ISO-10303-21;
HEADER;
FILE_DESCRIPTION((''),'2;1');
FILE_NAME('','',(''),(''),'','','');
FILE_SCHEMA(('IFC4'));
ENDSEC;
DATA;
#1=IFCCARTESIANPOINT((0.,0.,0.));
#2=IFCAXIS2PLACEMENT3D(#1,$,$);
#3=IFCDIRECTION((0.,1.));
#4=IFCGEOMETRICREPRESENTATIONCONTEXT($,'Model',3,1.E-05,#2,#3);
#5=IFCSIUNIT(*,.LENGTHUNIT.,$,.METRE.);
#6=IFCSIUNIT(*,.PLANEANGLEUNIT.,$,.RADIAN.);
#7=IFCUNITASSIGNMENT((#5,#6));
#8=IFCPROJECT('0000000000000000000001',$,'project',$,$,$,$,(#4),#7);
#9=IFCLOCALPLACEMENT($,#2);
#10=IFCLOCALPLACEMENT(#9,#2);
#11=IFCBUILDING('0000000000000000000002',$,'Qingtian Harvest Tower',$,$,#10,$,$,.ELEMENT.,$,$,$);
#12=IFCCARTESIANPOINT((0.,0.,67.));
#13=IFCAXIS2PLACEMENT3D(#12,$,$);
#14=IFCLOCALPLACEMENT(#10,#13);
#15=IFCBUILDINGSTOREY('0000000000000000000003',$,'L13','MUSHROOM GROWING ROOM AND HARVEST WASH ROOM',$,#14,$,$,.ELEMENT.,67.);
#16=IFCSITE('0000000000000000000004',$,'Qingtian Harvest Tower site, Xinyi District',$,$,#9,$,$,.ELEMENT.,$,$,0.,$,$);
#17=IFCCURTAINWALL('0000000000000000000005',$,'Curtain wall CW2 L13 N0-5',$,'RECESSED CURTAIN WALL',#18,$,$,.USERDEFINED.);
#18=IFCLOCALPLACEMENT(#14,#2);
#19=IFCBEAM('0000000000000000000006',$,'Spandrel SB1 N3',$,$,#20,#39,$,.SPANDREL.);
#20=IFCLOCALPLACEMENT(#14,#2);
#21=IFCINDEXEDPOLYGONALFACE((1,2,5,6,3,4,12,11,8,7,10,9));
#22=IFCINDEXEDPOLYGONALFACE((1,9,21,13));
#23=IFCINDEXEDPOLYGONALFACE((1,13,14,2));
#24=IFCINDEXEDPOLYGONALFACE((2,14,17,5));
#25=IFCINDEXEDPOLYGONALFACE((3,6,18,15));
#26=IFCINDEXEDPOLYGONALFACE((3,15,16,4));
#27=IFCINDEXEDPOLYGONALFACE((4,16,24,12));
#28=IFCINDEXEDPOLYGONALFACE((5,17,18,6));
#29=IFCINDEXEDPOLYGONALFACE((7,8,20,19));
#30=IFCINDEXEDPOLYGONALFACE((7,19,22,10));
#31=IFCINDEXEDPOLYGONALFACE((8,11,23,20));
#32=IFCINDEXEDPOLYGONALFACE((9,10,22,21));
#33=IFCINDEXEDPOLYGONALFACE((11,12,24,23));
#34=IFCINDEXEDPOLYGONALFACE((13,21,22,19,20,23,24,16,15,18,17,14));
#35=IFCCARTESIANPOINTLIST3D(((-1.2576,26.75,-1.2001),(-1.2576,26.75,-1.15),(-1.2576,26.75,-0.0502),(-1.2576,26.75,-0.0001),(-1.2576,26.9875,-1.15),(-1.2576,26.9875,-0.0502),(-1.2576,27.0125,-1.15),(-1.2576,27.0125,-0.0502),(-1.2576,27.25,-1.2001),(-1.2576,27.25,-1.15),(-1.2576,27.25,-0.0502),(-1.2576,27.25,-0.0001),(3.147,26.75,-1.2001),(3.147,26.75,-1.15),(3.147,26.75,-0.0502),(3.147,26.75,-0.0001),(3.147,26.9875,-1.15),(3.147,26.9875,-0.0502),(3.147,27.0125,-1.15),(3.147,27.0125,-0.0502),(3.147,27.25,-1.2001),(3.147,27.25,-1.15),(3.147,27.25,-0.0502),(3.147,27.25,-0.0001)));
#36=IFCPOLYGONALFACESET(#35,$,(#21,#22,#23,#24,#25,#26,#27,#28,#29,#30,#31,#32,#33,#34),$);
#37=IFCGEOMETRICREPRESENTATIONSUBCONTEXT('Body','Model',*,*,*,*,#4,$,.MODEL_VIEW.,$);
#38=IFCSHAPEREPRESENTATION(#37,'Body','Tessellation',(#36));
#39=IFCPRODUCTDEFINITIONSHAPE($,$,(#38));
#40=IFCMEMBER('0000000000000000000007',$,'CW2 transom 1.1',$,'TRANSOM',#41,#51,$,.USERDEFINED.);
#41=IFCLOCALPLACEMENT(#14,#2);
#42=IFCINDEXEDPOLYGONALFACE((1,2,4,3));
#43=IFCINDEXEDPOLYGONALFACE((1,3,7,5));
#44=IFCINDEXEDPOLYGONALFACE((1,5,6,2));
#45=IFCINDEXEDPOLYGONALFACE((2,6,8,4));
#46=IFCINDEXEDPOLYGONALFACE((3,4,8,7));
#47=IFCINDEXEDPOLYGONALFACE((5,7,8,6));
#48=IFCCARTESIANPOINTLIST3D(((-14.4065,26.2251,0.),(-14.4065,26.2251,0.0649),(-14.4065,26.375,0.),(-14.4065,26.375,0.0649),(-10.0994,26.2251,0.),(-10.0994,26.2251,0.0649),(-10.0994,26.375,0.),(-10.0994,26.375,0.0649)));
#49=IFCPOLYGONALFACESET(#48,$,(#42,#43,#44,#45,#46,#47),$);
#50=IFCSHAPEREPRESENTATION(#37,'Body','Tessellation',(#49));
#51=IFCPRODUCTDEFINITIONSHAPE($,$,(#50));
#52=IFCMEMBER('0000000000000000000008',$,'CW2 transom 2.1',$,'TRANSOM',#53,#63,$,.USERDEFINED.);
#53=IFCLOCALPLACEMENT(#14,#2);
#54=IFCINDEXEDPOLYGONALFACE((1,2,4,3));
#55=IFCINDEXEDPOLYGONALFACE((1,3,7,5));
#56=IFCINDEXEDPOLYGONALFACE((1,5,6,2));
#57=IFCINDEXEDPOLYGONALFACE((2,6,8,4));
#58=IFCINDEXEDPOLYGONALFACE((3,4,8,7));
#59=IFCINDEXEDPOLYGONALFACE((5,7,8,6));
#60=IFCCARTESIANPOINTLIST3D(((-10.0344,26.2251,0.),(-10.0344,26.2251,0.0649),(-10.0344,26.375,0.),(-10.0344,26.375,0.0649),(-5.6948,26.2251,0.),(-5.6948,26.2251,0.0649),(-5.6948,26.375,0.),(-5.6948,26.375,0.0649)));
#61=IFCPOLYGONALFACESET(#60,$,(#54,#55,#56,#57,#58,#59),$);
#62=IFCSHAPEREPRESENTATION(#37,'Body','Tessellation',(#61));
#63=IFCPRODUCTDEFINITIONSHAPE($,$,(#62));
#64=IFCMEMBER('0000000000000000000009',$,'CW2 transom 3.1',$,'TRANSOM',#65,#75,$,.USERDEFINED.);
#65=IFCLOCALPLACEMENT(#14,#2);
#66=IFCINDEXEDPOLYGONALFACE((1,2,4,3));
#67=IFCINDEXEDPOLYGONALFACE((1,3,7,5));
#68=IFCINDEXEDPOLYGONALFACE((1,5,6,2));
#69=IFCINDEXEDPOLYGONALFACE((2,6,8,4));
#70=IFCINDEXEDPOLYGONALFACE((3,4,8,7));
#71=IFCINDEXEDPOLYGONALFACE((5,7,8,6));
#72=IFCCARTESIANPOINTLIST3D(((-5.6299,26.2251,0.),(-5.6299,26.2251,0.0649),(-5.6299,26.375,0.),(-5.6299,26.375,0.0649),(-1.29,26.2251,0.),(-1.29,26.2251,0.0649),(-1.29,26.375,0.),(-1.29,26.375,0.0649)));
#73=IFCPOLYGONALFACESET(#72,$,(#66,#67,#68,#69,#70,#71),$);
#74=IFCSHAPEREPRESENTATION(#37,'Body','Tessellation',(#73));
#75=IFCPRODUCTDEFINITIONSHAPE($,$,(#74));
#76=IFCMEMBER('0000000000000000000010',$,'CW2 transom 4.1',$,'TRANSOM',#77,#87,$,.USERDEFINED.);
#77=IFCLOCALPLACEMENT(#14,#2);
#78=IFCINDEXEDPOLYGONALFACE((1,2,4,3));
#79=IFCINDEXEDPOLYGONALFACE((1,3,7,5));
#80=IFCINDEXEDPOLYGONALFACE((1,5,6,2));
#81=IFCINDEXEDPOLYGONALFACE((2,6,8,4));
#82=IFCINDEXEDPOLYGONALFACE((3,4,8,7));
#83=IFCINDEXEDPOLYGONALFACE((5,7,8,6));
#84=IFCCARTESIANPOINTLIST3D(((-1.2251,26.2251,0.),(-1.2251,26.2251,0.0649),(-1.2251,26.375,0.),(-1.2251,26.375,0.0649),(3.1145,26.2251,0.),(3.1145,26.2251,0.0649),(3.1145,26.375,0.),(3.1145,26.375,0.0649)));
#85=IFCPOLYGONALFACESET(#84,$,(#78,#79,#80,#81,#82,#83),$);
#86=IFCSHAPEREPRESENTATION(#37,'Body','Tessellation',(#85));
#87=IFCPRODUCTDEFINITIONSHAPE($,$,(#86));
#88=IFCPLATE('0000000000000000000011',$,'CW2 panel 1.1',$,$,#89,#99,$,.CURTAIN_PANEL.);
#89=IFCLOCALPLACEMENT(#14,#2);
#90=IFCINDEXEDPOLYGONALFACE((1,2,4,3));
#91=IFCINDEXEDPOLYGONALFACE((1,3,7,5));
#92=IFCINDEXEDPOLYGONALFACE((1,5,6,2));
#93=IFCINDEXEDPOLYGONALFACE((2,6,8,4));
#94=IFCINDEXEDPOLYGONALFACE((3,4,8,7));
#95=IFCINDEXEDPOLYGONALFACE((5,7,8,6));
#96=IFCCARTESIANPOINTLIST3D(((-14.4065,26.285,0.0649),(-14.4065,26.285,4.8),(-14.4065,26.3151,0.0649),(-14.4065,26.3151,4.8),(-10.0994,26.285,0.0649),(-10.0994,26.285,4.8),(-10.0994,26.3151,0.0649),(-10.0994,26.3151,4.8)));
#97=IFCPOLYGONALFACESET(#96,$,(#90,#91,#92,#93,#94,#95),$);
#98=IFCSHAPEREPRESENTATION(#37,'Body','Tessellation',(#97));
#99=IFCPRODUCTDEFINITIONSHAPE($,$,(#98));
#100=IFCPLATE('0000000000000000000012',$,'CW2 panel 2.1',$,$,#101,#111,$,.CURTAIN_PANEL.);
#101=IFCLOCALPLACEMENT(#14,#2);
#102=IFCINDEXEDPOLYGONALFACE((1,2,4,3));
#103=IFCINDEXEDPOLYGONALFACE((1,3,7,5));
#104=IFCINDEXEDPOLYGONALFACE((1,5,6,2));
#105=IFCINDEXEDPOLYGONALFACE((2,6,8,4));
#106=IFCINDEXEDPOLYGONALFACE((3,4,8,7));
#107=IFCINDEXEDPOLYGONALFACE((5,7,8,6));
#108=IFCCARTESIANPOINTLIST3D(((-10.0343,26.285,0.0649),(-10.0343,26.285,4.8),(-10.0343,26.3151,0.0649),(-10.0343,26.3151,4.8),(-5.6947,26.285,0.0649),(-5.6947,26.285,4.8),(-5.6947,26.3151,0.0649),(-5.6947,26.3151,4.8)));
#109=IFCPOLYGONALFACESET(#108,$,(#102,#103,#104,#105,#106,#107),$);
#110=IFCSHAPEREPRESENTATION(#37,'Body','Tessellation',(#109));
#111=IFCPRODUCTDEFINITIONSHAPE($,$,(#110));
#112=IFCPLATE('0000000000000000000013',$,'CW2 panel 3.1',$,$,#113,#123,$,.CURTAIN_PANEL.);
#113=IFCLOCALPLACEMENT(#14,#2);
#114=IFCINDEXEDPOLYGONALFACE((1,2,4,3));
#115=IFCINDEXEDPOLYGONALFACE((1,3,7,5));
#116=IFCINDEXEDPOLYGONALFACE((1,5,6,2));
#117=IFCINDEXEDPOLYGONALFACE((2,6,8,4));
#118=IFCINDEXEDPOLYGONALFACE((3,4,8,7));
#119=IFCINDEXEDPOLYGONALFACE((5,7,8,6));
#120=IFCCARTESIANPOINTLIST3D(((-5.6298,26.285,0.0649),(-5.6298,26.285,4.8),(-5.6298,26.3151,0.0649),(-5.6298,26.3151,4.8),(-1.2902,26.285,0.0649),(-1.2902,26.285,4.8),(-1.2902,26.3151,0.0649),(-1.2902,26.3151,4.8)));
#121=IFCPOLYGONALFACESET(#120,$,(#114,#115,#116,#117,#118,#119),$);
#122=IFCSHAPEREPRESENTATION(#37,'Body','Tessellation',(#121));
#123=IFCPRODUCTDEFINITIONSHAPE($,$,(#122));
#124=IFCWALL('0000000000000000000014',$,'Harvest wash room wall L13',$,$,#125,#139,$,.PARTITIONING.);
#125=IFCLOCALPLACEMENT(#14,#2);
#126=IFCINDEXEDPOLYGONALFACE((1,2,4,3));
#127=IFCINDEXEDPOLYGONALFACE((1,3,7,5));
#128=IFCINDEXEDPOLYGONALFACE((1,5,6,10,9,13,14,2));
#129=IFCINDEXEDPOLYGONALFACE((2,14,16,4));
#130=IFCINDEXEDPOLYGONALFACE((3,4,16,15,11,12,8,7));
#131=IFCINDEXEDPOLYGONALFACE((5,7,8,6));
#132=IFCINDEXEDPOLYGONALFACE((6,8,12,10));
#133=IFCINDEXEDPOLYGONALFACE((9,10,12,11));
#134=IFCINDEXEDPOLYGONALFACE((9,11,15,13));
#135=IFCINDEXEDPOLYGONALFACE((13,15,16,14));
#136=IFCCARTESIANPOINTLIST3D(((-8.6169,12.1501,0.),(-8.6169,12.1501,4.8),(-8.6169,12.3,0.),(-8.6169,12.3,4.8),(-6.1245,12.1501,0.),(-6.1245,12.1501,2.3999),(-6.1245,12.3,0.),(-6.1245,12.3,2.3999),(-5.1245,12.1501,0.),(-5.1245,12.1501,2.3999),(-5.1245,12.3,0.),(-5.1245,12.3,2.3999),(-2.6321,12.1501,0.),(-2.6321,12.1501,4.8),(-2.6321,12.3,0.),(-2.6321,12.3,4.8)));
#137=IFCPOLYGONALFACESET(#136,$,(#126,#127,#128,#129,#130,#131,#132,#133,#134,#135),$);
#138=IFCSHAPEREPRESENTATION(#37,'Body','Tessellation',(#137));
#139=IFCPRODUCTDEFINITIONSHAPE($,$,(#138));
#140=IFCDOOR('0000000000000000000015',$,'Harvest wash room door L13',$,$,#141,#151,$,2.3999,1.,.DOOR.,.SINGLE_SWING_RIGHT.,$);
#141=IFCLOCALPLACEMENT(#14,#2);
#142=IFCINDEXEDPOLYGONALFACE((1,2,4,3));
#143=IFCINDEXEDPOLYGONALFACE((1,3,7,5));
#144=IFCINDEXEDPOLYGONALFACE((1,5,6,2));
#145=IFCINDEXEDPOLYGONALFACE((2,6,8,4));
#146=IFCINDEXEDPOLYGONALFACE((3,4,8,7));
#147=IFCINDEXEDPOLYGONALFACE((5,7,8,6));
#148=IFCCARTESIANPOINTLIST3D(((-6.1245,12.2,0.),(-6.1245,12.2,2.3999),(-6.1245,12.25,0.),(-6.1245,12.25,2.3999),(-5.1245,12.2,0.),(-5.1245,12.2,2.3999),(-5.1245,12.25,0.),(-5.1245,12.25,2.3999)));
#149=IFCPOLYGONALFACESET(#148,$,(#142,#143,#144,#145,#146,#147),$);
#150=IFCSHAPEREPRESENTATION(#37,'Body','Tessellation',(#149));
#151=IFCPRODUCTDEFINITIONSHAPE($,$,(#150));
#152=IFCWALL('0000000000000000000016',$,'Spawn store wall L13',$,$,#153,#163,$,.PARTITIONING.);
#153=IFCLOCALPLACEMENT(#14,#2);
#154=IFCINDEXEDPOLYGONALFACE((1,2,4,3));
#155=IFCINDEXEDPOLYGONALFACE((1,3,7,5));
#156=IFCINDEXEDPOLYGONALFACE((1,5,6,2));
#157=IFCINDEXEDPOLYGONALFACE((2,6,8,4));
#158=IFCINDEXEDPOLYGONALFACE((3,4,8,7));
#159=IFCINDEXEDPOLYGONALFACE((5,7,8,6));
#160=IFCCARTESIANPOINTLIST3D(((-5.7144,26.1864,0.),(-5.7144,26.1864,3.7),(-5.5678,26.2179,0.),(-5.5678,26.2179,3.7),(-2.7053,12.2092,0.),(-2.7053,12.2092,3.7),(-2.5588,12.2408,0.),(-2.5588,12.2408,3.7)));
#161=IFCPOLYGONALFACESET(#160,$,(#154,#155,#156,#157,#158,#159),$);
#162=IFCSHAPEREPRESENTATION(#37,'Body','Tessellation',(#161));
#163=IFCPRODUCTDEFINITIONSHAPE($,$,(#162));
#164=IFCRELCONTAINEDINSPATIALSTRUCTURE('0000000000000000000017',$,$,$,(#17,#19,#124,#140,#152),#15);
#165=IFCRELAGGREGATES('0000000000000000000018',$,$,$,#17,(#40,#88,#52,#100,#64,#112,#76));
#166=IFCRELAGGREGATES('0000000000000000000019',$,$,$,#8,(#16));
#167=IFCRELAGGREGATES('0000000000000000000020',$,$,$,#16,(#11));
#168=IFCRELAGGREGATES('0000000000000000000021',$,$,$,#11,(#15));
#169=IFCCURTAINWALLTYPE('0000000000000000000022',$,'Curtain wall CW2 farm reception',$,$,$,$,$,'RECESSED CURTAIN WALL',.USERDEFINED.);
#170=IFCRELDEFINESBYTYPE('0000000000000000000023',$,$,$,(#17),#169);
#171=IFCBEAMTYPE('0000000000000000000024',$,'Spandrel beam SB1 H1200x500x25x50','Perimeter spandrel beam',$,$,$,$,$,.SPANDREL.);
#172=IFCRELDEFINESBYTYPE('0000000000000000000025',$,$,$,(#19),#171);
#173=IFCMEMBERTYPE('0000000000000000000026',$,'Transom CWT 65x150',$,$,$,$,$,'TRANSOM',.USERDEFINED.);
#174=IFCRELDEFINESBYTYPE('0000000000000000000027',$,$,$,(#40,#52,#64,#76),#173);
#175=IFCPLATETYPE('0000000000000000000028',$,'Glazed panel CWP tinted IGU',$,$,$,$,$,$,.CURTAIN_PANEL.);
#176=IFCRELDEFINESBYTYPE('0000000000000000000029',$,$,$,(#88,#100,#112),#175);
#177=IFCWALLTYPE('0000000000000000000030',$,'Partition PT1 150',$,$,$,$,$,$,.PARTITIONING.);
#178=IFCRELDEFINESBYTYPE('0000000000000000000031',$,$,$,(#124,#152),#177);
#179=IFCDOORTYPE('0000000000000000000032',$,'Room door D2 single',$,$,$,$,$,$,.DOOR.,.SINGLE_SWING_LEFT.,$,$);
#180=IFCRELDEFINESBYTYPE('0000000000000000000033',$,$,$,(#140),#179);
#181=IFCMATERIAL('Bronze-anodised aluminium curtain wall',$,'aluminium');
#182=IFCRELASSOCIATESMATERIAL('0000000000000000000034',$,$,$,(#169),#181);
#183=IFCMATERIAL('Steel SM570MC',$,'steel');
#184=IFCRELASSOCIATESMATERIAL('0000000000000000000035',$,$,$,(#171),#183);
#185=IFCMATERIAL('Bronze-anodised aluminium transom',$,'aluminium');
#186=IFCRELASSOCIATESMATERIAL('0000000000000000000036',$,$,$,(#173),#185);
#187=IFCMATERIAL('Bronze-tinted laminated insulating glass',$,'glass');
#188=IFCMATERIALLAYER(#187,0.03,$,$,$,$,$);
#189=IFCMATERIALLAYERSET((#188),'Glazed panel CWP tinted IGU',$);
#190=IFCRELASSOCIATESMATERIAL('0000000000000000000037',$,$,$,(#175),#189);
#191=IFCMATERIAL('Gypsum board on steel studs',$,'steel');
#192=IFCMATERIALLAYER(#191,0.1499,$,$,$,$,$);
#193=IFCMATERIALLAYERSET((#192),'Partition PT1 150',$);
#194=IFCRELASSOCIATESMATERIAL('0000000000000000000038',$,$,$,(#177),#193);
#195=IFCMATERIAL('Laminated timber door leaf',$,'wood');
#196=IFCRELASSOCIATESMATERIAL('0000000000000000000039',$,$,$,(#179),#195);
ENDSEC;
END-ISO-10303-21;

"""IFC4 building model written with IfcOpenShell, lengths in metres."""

from ifc_helpers import new_model, si_unit, direction, frame, frame_2d, origin, origin_2d, place, context, subcontext, project, spatial, rectangle, i_section, extrude, material, layer, layer_set, material_profile, profile_set, type_object, element, fill, aggregate, save


model = new_model("IFC4")

# Units and contexts
model_context = context("Model", 3, precision=1e-05, world=origin(), true_north=direction((0.0, 1.0)))
body_context = subcontext(model_context, "Body", "Model", "MODEL_VIEW")
ifc_project = project(units=[si_unit("LENGTHUNIT", "METRE"), si_unit("PLANEANGLEUNIT", "RADIAN")], contexts=[model_context])

# Site, building, storey
site_placement = place(None, origin())
site = spatial("IfcSite", under=ifc_project, at=site_placement, Name="Qingtian Harvest Tower site, Xinyi District", CompositionType="ELEMENT", RefElevation=0.0)
building_placement = place(site_placement, origin())
building = spatial("IfcBuilding", under=site, at=building_placement, Name="Qingtian Harvest Tower", CompositionType="ELEMENT")
storey_placement = place(building_placement, frame((0.0, 0.0, 67.0)))
storey = spatial("IfcBuildingStorey", under=building, at=storey_placement, Name="L13", Description="MUSHROOM GROWING ROOM AND HARVEST WASH ROOM", CompositionType="ELEMENT", Elevation=67.0)

# Curtain wall
ifc_material_1 = material(Name="Bronze-anodised aluminium curtain wall", Category="aluminium")
curtain_wall_type = type_object("IfcCurtainWallType", Name="Curtain wall CW2 farm reception", ElementType="RECESSED CURTAIN WALL", PredefinedType="USERDEFINED", material=ifc_material_1)
curtain_wall_1_placement = place(storey_placement, origin())
curtain_wall_1 = element("IfcCurtainWall", 1, at=curtain_wall_1_placement, inside=storey, type_object=curtain_wall_type, Name="Curtain wall CW2 L13 N0-5", ObjectType="RECESSED CURTAIN WALL", PredefinedType="USERDEFINED")

# Beam
ifc_material_2 = material(Name="Steel SM570MC", Category="steel")
ifc_material_profile_1 = material_profile(ifc_material_2, i_section(OverallWidth=0.5, OverallDepth=1.2, WebThickness=0.0249, FlangeThickness=0.05, at=origin_2d()), Name="H1200x500x25x50")
ifc_profile_set_1 = profile_set([ifc_material_profile_1], Name="Steel SM570MC")
beam_type_1 = type_object("IfcBeamType", Name="Spandrel beam SB1 H1200x500x25x50", Description="Perimeter spandrel beam", PredefinedType="SPANDREL", material=ifc_profile_set_1)
beam_1_placement = place(storey_placement, frame((-1.2576, 27.0, -0.6001), z_axis=(1.0, 0.0, 0.0), x_axis=(0.0, 1.0, 0.0)))
element("IfcBeam", 2, at=beam_1_placement, inside=storey, type_object=beam_type_1, Name="Spandrel SB1 N3", PredefinedType="SPANDREL", context=body_context, shape_type="SweptSolid", body=[
    extrude(i_section(OverallWidth=0.5, OverallDepth=1.2, WebThickness=0.0249, FlangeThickness=0.05, at=origin_2d()), origin(), (0.0, 0.0, 1.0), 4.4045),
])

# Members
ifc_material_3 = material(Name="Bronze-anodised aluminium transom", Category="aluminium")
ifc_material_profile_2 = material_profile(ifc_material_3, rectangle(XDim=0.1499, YDim=0.0649, at=origin_2d()), Name="AL 65x150")
ifc_profile_set_2 = profile_set([ifc_material_profile_2], Name="Bronze-anodised aluminium transom")
member_type_1 = type_object("IfcMemberType", Name="Transom CWT 65x150", ElementType="TRANSOM", PredefinedType="USERDEFINED", material=ifc_profile_set_2)
member_1_placement = place(storey_placement, frame((-14.4065, 26.3, 0.0325), z_axis=(1.0, 0.0, 0.0), x_axis=(0.0, 1.0, 0.0)))
member_1 = element("IfcMember", 3, at=member_1_placement, type_object=member_type_1, Name="CW2 transom 1.1", ObjectType="TRANSOM", PredefinedType="USERDEFINED", context=body_context, shape_type="SweptSolid", body=[
    extrude(rectangle(XDim=0.1499, YDim=0.0649, at=origin_2d()), origin(), (0.0, 0.0, 1.0), 4.3071),
])
member_2_placement = place(storey_placement, frame((-10.0344, 26.3, 0.0325), z_axis=(1.0, 0.0, 0.0), x_axis=(0.0, 1.0, 0.0)))
member_2 = element("IfcMember", 4, at=member_2_placement, type_object=member_type_1, Name="CW2 transom 2.1", ObjectType="TRANSOM", PredefinedType="USERDEFINED", context=body_context, shape_type="SweptSolid", body=[
    extrude(rectangle(XDim=0.1499, YDim=0.0649, at=origin_2d()), origin(), (0.0, 0.0, 1.0), 4.3396),
])
member_3_placement = place(storey_placement, frame((-5.6299, 26.3, 0.0325), z_axis=(1.0, 0.0, 0.0), x_axis=(0.0, 1.0, 0.0)))
member_3 = element("IfcMember", 5, at=member_3_placement, type_object=member_type_1, Name="CW2 transom 3.1", ObjectType="TRANSOM", PredefinedType="USERDEFINED", context=body_context, shape_type="SweptSolid", body=[
    extrude(rectangle(XDim=0.1499, YDim=0.0649, at=origin_2d()), origin(), (0.0, 0.0, 1.0), 4.3398),
])
member_4_placement = place(storey_placement, frame((-1.2251, 26.3, 0.0325), z_axis=(1.0, 0.0, 0.0), x_axis=(0.0, 1.0, 0.0)))
member_4 = element("IfcMember", 6, at=member_4_placement, type_object=member_type_1, Name="CW2 transom 4.1", ObjectType="TRANSOM", PredefinedType="USERDEFINED", context=body_context, shape_type="SweptSolid", body=[
    extrude(rectangle(XDim=0.1499, YDim=0.0649, at=origin_2d()), origin(), (0.0, 0.0, 1.0), 4.3396),
])

# Plates
ifc_material_4 = material(Name="Bronze-tinted laminated insulating glass", Category="glass")
ifc_layer_1 = layer(ifc_material_4, 0.03)
ifc_layer_set_1 = layer_set([ifc_layer_1], Name="Glazed panel CWP tinted IGU")
plate_type = type_object("IfcPlateType", Name="Glazed panel CWP tinted IGU", PredefinedType="CURTAIN_PANEL", material=ifc_layer_set_1)
plate_1_placement = place(storey_placement, frame((-12.2529, 26.3, 0.0649), z_axis=(0.0, 0.0, 1.0), x_axis=(1.0, 0.0, 0.0)))
plate_1 = element("IfcPlate", 7, at=plate_1_placement, type_object=plate_type, Name="CW2 panel 1.1", PredefinedType="CURTAIN_PANEL", context=body_context, shape_type="SweptSolid", body=[
    extrude(rectangle(XDim=4.3071, YDim=0.03, at=origin_2d()), origin(), (0.0, 0.0, 1.0), 4.7351),
])
plate_2_placement = place(storey_placement, frame((-7.8645, 26.3, 0.0649), z_axis=(0.0, 0.0, 1.0), x_axis=(1.0, 0.0, 0.0)))
plate_2 = element("IfcPlate", 8, at=plate_2_placement, type_object=plate_type, Name="CW2 panel 2.1", PredefinedType="CURTAIN_PANEL", context=body_context, shape_type="SweptSolid", body=[
    extrude(rectangle(XDim=4.3396, YDim=0.03, at=origin_2d()), origin(), (0.0, 0.0, 1.0), 4.7351),
])
plate_3_placement = place(storey_placement, frame((-3.46, 26.3, 0.0649), z_axis=(0.0, 0.0, 1.0), x_axis=(1.0, 0.0, 0.0)))
plate_3 = element("IfcPlate", 9, at=plate_3_placement, type_object=plate_type, Name="CW2 panel 3.1", PredefinedType="CURTAIN_PANEL", context=body_context, shape_type="SweptSolid", body=[
    extrude(rectangle(XDim=4.3396, YDim=0.03, at=origin_2d()), origin(), (0.0, 0.0, 1.0), 4.7351),
])
aggregate(curtain_wall_1, [member_1, plate_1, member_2, plate_2, member_3, plate_3, member_4])

# Wall, opening, door
ifc_material_5 = material(Name="Gypsum board on steel studs", Category="steel")
ifc_layer_2 = layer(ifc_material_5, 0.1499)
ifc_layer_set_2 = layer_set([ifc_layer_2], Name="Partition PT1 150")
wall_type = type_object("IfcWallType", Name="Partition PT1 150", PredefinedType="PARTITIONING", material=ifc_layer_set_2)
wall_1_placement = place(storey_placement, frame((-8.6169, 12.2251, 0.0), z_axis=(0.0, 0.0, 1.0), x_axis=(1.0, 0.0, 0.0)))
wall_1 = element("IfcWall", 10, at=wall_1_placement, inside=storey, type_object=wall_type, Name="Harvest wash room wall L13", PredefinedType="PARTITIONING", context=body_context, shape_type="SweptSolid", body=[
    extrude(rectangle(XDim=5.9849, YDim=0.1499, at=frame_2d((2.9924, 0.0))), origin(), (0.0, 0.0, 1.0), 4.8),
])
opening_1_placement = place(wall_1_placement, frame((2.4924, 0.0, 0.0)))
opening_1 = element("IfcOpeningElement", 11, at=opening_1_placement, cuts=wall_1, PredefinedType="OPENING", context=body_context, shape_type="SweptSolid", body=[
    extrude(rectangle(XDim=1.0, YDim=2.3999, at=frame_2d((0.5, 1.2))), frame((0.0, 0.085, 0.0), z_axis=(0.0, -1.0, 0.0), x_axis=(1.0, 0.0, 0.0)), (0.0, 0.0, 1.0), 0.1699),
])
ifc_material_6 = material(Name="Laminated timber door leaf", Category="wood")
door_type = type_object("IfcDoorType", Name="Room door D2 single", OperationType="SINGLE_SWING_LEFT", PredefinedType="DOOR", material=ifc_material_6)
door_1_placement = place(opening_1_placement, origin())
door_1 = element("IfcDoor", 12, at=door_1_placement, inside=storey, type_object=door_type, Name="Harvest wash room door L13", OperationType="SINGLE_SWING_RIGHT", OverallHeight=2.3999, OverallWidth=1.0, PredefinedType="DOOR", context=body_context, shape_type="SweptSolid", body=[
    extrude(rectangle(XDim=1.0, YDim=2.3999, at=frame_2d((0.5, 1.2))), frame((0.0, 0.0249, 0.0), z_axis=(0.0, -1.0, 0.0), x_axis=(1.0, 0.0, 0.0)), (0.0, 0.0, 1.0), 0.05),
])
fill(opening_1, door_1)

# Wall
wall_2_placement = place(storey_placement, frame((-5.6411, 26.2021, 0.0), z_axis=(0.0, 0.0, 1.0), x_axis=(0.210462, -0.977602, 0.0)))
element("IfcWall", 13, at=wall_2_placement, inside=storey, type_object=wall_type, Name="Spawn store wall L13", PredefinedType="PARTITIONING", context=body_context, shape_type="SweptSolid", body=[
    extrude(rectangle(XDim=14.2974, YDim=0.1499, at=frame_2d((7.1487, 0.0))), origin(), (0.0, 0.0, 1.0), 3.7),
])

save(model, "model.ifc")
